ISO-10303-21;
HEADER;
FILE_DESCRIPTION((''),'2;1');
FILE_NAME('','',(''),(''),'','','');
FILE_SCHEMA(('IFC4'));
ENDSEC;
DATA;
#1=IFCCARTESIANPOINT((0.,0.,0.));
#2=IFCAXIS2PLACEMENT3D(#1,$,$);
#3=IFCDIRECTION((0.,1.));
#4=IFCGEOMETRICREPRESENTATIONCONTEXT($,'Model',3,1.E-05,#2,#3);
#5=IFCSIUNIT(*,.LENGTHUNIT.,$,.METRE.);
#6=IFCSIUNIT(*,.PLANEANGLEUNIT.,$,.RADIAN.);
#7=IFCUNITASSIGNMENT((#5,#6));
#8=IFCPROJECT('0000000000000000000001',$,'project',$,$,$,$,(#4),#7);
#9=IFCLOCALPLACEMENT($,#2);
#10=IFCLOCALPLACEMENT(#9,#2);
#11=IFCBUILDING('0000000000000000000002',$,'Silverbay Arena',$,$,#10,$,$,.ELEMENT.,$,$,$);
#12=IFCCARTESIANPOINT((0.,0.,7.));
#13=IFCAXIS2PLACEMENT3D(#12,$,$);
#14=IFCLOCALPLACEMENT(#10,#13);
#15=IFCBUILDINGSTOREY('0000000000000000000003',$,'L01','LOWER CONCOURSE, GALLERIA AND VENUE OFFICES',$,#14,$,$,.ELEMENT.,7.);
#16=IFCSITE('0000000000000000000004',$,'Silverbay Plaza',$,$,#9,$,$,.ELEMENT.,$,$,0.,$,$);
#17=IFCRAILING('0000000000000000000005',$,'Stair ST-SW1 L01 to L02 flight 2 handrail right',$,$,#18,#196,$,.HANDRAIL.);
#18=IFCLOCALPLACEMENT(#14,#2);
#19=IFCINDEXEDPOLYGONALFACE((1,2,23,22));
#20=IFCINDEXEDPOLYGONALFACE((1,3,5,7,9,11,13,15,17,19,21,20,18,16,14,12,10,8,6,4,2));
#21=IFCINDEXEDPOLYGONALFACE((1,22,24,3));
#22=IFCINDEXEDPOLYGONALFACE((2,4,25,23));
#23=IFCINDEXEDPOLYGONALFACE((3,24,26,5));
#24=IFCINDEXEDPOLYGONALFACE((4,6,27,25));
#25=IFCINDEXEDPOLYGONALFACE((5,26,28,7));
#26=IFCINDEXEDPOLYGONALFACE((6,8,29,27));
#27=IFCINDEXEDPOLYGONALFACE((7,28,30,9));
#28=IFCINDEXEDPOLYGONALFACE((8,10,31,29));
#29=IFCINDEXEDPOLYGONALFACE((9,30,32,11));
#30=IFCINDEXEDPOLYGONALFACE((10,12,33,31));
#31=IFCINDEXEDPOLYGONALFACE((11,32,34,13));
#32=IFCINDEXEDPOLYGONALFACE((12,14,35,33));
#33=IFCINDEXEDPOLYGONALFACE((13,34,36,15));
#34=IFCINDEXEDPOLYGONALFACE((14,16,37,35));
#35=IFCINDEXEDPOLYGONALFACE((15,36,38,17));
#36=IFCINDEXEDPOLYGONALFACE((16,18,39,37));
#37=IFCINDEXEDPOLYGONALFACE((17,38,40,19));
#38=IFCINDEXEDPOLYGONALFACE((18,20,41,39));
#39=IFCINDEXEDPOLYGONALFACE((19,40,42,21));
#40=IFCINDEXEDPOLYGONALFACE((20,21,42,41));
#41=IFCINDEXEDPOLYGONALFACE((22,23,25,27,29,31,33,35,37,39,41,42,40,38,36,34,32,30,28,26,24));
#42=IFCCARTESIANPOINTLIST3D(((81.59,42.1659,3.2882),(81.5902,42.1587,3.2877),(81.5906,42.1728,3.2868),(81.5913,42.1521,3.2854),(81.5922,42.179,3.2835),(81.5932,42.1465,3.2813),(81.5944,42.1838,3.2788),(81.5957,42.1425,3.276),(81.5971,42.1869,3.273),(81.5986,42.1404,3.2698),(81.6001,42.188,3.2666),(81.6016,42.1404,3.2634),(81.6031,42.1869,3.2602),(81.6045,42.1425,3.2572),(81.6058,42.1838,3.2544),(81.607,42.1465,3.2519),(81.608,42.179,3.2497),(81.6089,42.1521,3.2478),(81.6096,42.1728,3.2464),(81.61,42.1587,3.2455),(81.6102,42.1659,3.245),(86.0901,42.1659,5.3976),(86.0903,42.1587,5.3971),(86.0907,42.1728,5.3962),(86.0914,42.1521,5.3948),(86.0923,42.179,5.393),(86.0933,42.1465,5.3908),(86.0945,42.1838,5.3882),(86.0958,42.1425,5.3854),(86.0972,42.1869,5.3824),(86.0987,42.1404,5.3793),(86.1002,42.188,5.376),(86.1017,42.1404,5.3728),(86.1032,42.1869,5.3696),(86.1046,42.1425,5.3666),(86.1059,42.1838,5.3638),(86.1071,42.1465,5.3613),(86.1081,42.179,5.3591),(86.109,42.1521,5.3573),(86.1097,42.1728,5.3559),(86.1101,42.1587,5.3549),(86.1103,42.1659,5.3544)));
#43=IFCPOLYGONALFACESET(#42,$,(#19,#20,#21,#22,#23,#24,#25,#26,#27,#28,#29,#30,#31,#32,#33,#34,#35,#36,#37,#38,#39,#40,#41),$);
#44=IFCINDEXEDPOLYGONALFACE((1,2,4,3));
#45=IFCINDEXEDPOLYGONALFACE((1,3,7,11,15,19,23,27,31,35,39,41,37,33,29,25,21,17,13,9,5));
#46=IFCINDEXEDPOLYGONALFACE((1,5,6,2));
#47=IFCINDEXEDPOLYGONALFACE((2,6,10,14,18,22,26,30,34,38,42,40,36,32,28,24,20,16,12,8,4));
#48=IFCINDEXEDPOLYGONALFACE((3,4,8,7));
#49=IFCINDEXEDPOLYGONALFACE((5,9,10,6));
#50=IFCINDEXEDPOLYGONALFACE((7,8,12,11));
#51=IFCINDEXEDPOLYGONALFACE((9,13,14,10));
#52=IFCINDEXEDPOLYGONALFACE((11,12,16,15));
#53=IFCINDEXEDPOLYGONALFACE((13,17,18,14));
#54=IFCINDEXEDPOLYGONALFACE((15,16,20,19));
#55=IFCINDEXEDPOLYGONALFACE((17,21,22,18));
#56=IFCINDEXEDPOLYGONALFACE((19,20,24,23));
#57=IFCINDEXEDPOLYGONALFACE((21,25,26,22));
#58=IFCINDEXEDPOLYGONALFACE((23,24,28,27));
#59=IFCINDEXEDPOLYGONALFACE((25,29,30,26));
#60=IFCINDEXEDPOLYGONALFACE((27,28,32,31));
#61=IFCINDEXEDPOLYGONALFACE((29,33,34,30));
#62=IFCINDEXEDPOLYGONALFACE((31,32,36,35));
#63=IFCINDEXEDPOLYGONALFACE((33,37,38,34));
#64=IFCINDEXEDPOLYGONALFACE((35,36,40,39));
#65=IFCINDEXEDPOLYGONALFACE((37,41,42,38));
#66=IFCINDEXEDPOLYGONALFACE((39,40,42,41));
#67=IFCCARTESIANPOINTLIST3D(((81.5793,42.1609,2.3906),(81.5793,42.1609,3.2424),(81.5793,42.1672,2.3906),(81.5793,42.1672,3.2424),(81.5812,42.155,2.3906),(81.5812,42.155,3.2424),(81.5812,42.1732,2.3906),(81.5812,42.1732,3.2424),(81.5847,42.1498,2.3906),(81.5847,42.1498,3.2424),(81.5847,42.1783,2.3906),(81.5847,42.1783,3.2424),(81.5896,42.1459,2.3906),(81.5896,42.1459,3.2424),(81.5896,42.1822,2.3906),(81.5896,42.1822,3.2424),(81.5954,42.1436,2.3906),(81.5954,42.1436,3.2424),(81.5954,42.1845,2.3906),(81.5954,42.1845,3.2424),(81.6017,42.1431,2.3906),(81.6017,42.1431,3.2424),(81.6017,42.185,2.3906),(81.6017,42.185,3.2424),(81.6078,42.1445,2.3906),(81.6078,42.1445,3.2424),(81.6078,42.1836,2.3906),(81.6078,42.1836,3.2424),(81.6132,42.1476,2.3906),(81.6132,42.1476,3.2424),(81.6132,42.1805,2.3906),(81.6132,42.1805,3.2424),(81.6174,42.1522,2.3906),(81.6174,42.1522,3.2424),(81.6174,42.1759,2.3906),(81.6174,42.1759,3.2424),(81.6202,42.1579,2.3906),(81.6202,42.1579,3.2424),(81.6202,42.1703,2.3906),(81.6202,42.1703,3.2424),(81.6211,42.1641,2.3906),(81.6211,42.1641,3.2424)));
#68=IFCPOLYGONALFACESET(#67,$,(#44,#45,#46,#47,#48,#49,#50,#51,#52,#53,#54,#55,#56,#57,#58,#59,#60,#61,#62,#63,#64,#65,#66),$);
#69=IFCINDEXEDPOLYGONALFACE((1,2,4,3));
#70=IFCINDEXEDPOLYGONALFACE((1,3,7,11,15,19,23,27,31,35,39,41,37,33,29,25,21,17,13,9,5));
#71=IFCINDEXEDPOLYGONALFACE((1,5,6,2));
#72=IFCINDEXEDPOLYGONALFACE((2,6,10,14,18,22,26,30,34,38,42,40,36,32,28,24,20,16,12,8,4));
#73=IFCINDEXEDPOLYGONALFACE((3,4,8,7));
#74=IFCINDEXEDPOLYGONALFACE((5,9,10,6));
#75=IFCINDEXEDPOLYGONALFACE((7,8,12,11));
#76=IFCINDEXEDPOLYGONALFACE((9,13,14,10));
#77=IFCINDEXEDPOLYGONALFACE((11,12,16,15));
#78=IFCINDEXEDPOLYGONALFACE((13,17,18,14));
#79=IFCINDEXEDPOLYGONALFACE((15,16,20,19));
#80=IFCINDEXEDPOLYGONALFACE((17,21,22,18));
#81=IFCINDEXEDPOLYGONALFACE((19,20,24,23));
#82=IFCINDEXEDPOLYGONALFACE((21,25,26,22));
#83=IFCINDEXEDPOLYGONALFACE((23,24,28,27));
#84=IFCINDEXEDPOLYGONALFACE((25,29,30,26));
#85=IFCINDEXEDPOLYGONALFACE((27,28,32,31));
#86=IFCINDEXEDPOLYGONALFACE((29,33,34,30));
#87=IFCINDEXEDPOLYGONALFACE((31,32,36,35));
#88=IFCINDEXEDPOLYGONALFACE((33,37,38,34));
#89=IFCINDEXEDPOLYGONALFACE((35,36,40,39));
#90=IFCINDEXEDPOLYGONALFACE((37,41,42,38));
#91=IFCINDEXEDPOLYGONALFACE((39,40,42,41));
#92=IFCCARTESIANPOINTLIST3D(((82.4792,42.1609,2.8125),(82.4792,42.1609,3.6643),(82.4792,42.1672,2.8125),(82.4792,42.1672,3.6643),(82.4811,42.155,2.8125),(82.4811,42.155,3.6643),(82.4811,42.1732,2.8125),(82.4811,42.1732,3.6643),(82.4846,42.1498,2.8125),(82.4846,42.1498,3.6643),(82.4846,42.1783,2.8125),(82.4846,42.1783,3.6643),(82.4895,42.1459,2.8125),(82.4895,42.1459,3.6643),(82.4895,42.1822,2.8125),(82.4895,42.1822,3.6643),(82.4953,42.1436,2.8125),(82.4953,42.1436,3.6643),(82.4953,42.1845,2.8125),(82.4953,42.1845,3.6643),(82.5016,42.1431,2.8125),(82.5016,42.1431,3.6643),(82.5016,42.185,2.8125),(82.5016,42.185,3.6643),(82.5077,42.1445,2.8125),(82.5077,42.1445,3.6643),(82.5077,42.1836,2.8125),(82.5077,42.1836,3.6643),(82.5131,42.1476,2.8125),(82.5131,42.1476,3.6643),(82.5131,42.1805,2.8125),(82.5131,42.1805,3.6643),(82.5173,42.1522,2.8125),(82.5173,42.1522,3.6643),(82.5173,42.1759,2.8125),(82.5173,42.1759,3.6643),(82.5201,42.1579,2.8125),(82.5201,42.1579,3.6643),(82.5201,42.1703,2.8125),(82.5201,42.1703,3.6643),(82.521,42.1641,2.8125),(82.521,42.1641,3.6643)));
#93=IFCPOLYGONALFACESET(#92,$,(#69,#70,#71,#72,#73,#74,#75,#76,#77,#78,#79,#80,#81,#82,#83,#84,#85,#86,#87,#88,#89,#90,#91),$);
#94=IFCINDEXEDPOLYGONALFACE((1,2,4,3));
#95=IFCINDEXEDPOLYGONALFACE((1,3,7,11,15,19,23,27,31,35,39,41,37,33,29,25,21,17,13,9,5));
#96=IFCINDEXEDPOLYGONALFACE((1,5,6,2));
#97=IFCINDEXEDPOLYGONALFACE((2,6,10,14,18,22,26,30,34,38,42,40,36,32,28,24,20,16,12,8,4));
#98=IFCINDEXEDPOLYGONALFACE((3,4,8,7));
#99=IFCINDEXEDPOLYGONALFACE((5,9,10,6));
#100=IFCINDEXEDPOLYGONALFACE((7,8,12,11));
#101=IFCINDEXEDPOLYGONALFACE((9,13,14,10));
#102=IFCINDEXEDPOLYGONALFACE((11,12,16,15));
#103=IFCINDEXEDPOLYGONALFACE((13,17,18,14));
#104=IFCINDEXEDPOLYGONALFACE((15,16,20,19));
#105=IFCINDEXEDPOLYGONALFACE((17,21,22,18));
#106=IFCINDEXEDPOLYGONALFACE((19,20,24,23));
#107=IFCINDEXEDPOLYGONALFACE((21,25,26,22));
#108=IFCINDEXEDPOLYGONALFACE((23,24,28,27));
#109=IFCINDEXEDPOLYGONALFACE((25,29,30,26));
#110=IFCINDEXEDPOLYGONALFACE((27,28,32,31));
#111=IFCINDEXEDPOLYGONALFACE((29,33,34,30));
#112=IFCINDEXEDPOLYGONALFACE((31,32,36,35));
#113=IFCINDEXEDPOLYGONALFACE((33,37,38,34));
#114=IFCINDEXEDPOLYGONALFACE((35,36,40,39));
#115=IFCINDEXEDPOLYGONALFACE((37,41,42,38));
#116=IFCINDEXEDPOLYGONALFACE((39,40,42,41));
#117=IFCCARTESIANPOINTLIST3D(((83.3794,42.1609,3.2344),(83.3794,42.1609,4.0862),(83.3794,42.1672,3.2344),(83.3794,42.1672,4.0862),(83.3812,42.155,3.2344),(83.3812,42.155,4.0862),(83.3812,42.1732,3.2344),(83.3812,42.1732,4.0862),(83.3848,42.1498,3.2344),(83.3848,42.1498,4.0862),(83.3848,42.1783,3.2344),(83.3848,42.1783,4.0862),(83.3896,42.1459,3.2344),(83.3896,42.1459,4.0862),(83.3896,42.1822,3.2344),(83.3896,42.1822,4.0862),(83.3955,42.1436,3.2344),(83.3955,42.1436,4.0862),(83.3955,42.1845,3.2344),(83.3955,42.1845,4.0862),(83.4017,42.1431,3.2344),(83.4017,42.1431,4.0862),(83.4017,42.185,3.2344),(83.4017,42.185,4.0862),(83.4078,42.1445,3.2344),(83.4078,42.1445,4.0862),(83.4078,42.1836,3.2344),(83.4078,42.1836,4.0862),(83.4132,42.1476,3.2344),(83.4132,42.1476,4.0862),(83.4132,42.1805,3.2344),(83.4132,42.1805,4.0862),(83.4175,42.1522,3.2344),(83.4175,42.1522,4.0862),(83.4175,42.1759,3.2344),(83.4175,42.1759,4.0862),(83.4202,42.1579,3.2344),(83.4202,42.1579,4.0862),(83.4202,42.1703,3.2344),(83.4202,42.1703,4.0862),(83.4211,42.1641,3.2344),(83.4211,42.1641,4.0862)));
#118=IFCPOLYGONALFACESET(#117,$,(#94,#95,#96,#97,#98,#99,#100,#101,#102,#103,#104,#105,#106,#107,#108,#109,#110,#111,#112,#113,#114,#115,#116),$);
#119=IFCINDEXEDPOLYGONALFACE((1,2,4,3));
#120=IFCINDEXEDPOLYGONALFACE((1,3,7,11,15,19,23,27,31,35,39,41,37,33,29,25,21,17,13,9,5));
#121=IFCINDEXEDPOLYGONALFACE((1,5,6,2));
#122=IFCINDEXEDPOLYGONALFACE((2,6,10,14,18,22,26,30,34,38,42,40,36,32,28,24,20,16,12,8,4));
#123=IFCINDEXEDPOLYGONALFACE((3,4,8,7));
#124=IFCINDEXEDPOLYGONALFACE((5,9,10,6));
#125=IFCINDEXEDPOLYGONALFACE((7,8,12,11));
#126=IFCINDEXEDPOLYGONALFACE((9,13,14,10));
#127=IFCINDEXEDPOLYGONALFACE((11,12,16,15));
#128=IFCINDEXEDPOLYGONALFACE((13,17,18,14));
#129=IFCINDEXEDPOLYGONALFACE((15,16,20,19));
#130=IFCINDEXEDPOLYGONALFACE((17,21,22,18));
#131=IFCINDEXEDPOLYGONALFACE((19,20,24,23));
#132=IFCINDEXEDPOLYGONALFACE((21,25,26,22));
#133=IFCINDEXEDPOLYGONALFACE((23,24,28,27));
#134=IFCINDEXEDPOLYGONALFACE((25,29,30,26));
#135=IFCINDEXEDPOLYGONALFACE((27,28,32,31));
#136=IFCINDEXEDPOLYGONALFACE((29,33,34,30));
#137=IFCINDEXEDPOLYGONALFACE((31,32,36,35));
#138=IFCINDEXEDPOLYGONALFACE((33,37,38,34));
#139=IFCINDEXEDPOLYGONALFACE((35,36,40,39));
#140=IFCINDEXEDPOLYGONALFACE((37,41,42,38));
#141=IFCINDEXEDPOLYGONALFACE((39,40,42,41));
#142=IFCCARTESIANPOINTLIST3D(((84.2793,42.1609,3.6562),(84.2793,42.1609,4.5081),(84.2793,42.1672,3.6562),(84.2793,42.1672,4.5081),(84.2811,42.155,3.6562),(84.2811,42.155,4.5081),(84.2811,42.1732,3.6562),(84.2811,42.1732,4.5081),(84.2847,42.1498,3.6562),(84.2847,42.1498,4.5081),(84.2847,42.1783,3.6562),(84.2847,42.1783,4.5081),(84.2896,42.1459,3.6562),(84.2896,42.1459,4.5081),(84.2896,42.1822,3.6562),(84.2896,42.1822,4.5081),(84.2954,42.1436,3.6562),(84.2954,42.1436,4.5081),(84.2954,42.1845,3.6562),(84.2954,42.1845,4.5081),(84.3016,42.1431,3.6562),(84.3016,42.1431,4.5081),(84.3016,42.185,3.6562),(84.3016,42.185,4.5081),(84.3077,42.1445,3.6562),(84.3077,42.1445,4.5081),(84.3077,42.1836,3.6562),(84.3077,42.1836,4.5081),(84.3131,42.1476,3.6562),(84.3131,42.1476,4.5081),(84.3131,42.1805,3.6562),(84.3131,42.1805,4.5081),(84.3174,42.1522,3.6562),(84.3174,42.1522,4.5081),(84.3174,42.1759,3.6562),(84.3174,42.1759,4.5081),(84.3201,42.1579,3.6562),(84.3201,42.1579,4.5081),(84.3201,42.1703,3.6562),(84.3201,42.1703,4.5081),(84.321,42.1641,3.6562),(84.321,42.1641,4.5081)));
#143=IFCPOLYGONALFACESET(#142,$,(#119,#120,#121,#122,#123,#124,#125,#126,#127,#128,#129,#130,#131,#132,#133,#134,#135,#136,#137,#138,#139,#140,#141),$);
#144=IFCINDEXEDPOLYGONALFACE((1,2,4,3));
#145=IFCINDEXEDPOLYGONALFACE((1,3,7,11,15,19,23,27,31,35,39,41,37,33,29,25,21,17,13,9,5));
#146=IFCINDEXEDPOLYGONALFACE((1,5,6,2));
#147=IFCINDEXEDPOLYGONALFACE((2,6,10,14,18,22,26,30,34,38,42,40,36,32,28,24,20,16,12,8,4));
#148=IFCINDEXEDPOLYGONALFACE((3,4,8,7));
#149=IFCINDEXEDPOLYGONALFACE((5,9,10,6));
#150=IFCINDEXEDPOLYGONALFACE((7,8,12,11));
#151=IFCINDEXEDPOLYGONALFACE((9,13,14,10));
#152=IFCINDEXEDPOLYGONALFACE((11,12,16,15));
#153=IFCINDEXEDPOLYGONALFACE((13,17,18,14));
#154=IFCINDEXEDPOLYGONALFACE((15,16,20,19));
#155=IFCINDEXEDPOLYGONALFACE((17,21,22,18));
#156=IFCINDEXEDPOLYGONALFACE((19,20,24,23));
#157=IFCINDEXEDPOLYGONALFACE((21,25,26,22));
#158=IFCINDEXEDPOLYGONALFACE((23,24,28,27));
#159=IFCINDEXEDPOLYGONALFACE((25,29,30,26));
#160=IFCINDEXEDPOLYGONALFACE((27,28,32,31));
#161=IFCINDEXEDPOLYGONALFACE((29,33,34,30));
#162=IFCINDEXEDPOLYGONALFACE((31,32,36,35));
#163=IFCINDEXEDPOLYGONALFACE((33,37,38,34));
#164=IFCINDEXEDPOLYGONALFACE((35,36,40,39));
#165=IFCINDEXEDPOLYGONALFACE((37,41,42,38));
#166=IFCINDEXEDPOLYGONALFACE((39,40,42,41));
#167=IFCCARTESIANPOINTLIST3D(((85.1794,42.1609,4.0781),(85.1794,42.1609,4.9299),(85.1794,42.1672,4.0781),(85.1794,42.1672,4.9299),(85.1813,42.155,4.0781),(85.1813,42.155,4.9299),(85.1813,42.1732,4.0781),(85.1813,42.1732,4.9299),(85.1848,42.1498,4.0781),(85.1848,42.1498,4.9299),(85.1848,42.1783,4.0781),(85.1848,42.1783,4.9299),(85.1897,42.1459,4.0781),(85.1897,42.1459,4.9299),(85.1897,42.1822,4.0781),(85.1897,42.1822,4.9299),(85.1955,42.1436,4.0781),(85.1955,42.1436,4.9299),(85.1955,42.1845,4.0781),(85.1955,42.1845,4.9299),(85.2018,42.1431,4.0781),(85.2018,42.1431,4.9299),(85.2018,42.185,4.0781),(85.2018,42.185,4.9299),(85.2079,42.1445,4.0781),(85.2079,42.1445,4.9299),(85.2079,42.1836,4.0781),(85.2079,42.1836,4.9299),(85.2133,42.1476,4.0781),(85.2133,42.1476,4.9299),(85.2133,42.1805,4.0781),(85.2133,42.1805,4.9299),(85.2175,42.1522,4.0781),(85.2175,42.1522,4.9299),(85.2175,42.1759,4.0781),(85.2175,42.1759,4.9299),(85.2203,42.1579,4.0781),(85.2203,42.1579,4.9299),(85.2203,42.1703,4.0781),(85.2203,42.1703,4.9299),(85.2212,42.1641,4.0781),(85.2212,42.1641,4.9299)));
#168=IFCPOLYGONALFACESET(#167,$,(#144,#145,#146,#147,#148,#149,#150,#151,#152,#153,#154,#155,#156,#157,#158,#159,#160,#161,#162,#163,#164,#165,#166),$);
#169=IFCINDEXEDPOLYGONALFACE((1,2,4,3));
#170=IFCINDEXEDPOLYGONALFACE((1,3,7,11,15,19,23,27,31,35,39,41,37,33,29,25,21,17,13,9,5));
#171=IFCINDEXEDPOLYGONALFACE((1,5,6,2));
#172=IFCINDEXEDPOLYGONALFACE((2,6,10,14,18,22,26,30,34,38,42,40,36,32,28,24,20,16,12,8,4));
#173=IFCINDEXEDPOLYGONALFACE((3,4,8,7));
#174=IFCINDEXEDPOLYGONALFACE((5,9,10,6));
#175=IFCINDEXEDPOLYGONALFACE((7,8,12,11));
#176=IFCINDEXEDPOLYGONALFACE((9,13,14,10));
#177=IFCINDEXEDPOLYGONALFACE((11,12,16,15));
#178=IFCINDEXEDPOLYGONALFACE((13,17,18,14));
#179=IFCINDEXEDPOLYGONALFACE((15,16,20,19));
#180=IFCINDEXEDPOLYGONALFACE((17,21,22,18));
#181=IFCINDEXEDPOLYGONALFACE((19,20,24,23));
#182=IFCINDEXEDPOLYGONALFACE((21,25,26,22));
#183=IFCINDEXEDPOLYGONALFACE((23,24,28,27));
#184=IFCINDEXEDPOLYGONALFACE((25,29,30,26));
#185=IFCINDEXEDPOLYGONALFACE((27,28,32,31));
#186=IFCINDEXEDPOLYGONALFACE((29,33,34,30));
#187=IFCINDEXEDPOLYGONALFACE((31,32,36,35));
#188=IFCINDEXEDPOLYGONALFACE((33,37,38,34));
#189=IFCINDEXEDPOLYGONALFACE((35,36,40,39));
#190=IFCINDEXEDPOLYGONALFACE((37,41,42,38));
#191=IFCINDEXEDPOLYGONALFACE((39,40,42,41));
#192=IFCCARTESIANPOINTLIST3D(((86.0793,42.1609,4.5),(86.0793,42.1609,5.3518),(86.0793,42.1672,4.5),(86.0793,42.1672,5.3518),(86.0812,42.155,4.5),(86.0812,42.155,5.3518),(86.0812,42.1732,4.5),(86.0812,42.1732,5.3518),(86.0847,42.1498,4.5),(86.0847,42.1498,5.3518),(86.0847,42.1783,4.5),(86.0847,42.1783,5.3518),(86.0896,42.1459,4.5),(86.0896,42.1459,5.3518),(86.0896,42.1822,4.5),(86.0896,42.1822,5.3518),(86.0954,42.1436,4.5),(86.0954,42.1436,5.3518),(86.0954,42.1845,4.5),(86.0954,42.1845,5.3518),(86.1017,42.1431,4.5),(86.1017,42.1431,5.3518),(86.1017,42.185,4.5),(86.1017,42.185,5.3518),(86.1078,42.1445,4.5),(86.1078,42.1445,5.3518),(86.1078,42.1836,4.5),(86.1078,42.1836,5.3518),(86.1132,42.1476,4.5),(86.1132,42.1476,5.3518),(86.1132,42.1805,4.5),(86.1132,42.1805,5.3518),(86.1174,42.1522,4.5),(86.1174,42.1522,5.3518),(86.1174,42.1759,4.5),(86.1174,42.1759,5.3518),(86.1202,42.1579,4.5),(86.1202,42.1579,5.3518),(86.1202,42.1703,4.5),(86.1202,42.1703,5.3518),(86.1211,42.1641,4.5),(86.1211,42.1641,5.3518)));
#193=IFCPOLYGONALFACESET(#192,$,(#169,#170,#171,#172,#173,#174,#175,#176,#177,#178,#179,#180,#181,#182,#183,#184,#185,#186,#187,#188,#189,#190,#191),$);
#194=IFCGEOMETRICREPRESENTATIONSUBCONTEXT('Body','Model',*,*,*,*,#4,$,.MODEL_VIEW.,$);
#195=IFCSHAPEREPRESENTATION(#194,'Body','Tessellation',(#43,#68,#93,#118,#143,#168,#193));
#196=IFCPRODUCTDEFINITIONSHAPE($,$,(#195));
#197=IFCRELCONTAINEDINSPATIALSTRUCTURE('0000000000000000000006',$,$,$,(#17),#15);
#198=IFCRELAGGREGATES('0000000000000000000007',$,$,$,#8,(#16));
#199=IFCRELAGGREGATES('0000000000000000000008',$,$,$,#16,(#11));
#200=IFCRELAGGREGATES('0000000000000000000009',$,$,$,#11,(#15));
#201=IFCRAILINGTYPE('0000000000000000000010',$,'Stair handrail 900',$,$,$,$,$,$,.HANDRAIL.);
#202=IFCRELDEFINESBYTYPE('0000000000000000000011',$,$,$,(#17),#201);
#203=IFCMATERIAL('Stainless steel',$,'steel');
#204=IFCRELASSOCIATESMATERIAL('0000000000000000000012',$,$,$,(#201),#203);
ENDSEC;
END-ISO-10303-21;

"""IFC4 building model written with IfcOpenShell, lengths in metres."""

from ifc_helpers import new_model, si_unit, direction, frame, origin, origin_2d, place, context, subcontext, project, spatial, circle, extrude, material, type_object, element, save


model = new_model("IFC4")

# Units and contexts
model_context = context("Model", 3, precision=1e-05, world=origin(), true_north=direction((0.0, 1.0)))
body_context = subcontext(model_context, "Body", "Model", "MODEL_VIEW")
ifc_project = project(units=[si_unit("LENGTHUNIT", "METRE"), si_unit("PLANEANGLEUNIT", "RADIAN")], contexts=[model_context])

# Site, building, storey
site_placement = place(None, origin())
site = spatial("IfcSite", under=ifc_project, at=site_placement, Name="Silverbay Plaza", CompositionType="ELEMENT", RefElevation=0.0)
building_placement = place(site_placement, origin())
building = spatial("IfcBuilding", under=site, at=building_placement, Name="Silverbay Arena", CompositionType="ELEMENT")
storey_placement = place(building_placement, frame((0.0, 0.0, 7.0)))
storey = spatial("IfcBuildingStorey", under=building, at=storey_placement, Name="L01", Description="LOWER CONCOURSE, GALLERIA AND VENUE OFFICES", CompositionType="ELEMENT", Elevation=7.0)

# Railing
ifc_material_1 = material(Name="Stainless steel", Category="steel")
railing_type_1 = type_object("IfcRailingType", Name="Stair handrail 900", PredefinedType="HANDRAIL", material=ifc_material_1)
for number, where, name in (
    (1, (81.6001, 42.1641, 2.3906), "Stair ST-SW1 L01 to L02 flight 2 handrail right"),
):
    element("IfcRailing", number, at=place(storey_placement, frame(where)), inside=storey, type_object=railing_type_1, Name=name, PredefinedType="HANDRAIL", context=body_context, shape_type="SweptSolid", body=[
        extrude(circle(Radius=0.0239, at=origin_2d()), frame((0.0, 0.0, 0.876), z_axis=(0.905459, 0.0, 0.424434), x_axis=(0.0, 1.0, 0.0)), (0.0, 0.0, 1.0), 4.97),
        extrude(circle(Radius=0.021, at=origin_2d()), origin(), (0.0, 0.0, 1.0), 0.8518),
        extrude(circle(Radius=0.021, at=origin_2d()), frame((0.8999, 0.0, 0.4219)), (0.0, 0.0, 1.0), 0.8518),
        extrude(circle(Radius=0.021, at=origin_2d()), frame((1.8, 0.0, 0.8438)), (0.0, 0.0, 1.0), 0.8518),
        extrude(circle(Radius=0.021, at=origin_2d()), frame((2.7, 0.0, 1.2656)), (0.0, 0.0, 1.0), 0.8518),
        extrude(circle(Radius=0.021, at=origin_2d()), frame((3.6001, 0.0, 1.6875)), (0.0, 0.0, 1.0), 0.8518),
        extrude(circle(Radius=0.021, at=origin_2d()), frame((4.5, 0.0, 2.1094)), (0.0, 0.0, 1.0), 0.8518),
    ])

save(model, "model.ifc")
